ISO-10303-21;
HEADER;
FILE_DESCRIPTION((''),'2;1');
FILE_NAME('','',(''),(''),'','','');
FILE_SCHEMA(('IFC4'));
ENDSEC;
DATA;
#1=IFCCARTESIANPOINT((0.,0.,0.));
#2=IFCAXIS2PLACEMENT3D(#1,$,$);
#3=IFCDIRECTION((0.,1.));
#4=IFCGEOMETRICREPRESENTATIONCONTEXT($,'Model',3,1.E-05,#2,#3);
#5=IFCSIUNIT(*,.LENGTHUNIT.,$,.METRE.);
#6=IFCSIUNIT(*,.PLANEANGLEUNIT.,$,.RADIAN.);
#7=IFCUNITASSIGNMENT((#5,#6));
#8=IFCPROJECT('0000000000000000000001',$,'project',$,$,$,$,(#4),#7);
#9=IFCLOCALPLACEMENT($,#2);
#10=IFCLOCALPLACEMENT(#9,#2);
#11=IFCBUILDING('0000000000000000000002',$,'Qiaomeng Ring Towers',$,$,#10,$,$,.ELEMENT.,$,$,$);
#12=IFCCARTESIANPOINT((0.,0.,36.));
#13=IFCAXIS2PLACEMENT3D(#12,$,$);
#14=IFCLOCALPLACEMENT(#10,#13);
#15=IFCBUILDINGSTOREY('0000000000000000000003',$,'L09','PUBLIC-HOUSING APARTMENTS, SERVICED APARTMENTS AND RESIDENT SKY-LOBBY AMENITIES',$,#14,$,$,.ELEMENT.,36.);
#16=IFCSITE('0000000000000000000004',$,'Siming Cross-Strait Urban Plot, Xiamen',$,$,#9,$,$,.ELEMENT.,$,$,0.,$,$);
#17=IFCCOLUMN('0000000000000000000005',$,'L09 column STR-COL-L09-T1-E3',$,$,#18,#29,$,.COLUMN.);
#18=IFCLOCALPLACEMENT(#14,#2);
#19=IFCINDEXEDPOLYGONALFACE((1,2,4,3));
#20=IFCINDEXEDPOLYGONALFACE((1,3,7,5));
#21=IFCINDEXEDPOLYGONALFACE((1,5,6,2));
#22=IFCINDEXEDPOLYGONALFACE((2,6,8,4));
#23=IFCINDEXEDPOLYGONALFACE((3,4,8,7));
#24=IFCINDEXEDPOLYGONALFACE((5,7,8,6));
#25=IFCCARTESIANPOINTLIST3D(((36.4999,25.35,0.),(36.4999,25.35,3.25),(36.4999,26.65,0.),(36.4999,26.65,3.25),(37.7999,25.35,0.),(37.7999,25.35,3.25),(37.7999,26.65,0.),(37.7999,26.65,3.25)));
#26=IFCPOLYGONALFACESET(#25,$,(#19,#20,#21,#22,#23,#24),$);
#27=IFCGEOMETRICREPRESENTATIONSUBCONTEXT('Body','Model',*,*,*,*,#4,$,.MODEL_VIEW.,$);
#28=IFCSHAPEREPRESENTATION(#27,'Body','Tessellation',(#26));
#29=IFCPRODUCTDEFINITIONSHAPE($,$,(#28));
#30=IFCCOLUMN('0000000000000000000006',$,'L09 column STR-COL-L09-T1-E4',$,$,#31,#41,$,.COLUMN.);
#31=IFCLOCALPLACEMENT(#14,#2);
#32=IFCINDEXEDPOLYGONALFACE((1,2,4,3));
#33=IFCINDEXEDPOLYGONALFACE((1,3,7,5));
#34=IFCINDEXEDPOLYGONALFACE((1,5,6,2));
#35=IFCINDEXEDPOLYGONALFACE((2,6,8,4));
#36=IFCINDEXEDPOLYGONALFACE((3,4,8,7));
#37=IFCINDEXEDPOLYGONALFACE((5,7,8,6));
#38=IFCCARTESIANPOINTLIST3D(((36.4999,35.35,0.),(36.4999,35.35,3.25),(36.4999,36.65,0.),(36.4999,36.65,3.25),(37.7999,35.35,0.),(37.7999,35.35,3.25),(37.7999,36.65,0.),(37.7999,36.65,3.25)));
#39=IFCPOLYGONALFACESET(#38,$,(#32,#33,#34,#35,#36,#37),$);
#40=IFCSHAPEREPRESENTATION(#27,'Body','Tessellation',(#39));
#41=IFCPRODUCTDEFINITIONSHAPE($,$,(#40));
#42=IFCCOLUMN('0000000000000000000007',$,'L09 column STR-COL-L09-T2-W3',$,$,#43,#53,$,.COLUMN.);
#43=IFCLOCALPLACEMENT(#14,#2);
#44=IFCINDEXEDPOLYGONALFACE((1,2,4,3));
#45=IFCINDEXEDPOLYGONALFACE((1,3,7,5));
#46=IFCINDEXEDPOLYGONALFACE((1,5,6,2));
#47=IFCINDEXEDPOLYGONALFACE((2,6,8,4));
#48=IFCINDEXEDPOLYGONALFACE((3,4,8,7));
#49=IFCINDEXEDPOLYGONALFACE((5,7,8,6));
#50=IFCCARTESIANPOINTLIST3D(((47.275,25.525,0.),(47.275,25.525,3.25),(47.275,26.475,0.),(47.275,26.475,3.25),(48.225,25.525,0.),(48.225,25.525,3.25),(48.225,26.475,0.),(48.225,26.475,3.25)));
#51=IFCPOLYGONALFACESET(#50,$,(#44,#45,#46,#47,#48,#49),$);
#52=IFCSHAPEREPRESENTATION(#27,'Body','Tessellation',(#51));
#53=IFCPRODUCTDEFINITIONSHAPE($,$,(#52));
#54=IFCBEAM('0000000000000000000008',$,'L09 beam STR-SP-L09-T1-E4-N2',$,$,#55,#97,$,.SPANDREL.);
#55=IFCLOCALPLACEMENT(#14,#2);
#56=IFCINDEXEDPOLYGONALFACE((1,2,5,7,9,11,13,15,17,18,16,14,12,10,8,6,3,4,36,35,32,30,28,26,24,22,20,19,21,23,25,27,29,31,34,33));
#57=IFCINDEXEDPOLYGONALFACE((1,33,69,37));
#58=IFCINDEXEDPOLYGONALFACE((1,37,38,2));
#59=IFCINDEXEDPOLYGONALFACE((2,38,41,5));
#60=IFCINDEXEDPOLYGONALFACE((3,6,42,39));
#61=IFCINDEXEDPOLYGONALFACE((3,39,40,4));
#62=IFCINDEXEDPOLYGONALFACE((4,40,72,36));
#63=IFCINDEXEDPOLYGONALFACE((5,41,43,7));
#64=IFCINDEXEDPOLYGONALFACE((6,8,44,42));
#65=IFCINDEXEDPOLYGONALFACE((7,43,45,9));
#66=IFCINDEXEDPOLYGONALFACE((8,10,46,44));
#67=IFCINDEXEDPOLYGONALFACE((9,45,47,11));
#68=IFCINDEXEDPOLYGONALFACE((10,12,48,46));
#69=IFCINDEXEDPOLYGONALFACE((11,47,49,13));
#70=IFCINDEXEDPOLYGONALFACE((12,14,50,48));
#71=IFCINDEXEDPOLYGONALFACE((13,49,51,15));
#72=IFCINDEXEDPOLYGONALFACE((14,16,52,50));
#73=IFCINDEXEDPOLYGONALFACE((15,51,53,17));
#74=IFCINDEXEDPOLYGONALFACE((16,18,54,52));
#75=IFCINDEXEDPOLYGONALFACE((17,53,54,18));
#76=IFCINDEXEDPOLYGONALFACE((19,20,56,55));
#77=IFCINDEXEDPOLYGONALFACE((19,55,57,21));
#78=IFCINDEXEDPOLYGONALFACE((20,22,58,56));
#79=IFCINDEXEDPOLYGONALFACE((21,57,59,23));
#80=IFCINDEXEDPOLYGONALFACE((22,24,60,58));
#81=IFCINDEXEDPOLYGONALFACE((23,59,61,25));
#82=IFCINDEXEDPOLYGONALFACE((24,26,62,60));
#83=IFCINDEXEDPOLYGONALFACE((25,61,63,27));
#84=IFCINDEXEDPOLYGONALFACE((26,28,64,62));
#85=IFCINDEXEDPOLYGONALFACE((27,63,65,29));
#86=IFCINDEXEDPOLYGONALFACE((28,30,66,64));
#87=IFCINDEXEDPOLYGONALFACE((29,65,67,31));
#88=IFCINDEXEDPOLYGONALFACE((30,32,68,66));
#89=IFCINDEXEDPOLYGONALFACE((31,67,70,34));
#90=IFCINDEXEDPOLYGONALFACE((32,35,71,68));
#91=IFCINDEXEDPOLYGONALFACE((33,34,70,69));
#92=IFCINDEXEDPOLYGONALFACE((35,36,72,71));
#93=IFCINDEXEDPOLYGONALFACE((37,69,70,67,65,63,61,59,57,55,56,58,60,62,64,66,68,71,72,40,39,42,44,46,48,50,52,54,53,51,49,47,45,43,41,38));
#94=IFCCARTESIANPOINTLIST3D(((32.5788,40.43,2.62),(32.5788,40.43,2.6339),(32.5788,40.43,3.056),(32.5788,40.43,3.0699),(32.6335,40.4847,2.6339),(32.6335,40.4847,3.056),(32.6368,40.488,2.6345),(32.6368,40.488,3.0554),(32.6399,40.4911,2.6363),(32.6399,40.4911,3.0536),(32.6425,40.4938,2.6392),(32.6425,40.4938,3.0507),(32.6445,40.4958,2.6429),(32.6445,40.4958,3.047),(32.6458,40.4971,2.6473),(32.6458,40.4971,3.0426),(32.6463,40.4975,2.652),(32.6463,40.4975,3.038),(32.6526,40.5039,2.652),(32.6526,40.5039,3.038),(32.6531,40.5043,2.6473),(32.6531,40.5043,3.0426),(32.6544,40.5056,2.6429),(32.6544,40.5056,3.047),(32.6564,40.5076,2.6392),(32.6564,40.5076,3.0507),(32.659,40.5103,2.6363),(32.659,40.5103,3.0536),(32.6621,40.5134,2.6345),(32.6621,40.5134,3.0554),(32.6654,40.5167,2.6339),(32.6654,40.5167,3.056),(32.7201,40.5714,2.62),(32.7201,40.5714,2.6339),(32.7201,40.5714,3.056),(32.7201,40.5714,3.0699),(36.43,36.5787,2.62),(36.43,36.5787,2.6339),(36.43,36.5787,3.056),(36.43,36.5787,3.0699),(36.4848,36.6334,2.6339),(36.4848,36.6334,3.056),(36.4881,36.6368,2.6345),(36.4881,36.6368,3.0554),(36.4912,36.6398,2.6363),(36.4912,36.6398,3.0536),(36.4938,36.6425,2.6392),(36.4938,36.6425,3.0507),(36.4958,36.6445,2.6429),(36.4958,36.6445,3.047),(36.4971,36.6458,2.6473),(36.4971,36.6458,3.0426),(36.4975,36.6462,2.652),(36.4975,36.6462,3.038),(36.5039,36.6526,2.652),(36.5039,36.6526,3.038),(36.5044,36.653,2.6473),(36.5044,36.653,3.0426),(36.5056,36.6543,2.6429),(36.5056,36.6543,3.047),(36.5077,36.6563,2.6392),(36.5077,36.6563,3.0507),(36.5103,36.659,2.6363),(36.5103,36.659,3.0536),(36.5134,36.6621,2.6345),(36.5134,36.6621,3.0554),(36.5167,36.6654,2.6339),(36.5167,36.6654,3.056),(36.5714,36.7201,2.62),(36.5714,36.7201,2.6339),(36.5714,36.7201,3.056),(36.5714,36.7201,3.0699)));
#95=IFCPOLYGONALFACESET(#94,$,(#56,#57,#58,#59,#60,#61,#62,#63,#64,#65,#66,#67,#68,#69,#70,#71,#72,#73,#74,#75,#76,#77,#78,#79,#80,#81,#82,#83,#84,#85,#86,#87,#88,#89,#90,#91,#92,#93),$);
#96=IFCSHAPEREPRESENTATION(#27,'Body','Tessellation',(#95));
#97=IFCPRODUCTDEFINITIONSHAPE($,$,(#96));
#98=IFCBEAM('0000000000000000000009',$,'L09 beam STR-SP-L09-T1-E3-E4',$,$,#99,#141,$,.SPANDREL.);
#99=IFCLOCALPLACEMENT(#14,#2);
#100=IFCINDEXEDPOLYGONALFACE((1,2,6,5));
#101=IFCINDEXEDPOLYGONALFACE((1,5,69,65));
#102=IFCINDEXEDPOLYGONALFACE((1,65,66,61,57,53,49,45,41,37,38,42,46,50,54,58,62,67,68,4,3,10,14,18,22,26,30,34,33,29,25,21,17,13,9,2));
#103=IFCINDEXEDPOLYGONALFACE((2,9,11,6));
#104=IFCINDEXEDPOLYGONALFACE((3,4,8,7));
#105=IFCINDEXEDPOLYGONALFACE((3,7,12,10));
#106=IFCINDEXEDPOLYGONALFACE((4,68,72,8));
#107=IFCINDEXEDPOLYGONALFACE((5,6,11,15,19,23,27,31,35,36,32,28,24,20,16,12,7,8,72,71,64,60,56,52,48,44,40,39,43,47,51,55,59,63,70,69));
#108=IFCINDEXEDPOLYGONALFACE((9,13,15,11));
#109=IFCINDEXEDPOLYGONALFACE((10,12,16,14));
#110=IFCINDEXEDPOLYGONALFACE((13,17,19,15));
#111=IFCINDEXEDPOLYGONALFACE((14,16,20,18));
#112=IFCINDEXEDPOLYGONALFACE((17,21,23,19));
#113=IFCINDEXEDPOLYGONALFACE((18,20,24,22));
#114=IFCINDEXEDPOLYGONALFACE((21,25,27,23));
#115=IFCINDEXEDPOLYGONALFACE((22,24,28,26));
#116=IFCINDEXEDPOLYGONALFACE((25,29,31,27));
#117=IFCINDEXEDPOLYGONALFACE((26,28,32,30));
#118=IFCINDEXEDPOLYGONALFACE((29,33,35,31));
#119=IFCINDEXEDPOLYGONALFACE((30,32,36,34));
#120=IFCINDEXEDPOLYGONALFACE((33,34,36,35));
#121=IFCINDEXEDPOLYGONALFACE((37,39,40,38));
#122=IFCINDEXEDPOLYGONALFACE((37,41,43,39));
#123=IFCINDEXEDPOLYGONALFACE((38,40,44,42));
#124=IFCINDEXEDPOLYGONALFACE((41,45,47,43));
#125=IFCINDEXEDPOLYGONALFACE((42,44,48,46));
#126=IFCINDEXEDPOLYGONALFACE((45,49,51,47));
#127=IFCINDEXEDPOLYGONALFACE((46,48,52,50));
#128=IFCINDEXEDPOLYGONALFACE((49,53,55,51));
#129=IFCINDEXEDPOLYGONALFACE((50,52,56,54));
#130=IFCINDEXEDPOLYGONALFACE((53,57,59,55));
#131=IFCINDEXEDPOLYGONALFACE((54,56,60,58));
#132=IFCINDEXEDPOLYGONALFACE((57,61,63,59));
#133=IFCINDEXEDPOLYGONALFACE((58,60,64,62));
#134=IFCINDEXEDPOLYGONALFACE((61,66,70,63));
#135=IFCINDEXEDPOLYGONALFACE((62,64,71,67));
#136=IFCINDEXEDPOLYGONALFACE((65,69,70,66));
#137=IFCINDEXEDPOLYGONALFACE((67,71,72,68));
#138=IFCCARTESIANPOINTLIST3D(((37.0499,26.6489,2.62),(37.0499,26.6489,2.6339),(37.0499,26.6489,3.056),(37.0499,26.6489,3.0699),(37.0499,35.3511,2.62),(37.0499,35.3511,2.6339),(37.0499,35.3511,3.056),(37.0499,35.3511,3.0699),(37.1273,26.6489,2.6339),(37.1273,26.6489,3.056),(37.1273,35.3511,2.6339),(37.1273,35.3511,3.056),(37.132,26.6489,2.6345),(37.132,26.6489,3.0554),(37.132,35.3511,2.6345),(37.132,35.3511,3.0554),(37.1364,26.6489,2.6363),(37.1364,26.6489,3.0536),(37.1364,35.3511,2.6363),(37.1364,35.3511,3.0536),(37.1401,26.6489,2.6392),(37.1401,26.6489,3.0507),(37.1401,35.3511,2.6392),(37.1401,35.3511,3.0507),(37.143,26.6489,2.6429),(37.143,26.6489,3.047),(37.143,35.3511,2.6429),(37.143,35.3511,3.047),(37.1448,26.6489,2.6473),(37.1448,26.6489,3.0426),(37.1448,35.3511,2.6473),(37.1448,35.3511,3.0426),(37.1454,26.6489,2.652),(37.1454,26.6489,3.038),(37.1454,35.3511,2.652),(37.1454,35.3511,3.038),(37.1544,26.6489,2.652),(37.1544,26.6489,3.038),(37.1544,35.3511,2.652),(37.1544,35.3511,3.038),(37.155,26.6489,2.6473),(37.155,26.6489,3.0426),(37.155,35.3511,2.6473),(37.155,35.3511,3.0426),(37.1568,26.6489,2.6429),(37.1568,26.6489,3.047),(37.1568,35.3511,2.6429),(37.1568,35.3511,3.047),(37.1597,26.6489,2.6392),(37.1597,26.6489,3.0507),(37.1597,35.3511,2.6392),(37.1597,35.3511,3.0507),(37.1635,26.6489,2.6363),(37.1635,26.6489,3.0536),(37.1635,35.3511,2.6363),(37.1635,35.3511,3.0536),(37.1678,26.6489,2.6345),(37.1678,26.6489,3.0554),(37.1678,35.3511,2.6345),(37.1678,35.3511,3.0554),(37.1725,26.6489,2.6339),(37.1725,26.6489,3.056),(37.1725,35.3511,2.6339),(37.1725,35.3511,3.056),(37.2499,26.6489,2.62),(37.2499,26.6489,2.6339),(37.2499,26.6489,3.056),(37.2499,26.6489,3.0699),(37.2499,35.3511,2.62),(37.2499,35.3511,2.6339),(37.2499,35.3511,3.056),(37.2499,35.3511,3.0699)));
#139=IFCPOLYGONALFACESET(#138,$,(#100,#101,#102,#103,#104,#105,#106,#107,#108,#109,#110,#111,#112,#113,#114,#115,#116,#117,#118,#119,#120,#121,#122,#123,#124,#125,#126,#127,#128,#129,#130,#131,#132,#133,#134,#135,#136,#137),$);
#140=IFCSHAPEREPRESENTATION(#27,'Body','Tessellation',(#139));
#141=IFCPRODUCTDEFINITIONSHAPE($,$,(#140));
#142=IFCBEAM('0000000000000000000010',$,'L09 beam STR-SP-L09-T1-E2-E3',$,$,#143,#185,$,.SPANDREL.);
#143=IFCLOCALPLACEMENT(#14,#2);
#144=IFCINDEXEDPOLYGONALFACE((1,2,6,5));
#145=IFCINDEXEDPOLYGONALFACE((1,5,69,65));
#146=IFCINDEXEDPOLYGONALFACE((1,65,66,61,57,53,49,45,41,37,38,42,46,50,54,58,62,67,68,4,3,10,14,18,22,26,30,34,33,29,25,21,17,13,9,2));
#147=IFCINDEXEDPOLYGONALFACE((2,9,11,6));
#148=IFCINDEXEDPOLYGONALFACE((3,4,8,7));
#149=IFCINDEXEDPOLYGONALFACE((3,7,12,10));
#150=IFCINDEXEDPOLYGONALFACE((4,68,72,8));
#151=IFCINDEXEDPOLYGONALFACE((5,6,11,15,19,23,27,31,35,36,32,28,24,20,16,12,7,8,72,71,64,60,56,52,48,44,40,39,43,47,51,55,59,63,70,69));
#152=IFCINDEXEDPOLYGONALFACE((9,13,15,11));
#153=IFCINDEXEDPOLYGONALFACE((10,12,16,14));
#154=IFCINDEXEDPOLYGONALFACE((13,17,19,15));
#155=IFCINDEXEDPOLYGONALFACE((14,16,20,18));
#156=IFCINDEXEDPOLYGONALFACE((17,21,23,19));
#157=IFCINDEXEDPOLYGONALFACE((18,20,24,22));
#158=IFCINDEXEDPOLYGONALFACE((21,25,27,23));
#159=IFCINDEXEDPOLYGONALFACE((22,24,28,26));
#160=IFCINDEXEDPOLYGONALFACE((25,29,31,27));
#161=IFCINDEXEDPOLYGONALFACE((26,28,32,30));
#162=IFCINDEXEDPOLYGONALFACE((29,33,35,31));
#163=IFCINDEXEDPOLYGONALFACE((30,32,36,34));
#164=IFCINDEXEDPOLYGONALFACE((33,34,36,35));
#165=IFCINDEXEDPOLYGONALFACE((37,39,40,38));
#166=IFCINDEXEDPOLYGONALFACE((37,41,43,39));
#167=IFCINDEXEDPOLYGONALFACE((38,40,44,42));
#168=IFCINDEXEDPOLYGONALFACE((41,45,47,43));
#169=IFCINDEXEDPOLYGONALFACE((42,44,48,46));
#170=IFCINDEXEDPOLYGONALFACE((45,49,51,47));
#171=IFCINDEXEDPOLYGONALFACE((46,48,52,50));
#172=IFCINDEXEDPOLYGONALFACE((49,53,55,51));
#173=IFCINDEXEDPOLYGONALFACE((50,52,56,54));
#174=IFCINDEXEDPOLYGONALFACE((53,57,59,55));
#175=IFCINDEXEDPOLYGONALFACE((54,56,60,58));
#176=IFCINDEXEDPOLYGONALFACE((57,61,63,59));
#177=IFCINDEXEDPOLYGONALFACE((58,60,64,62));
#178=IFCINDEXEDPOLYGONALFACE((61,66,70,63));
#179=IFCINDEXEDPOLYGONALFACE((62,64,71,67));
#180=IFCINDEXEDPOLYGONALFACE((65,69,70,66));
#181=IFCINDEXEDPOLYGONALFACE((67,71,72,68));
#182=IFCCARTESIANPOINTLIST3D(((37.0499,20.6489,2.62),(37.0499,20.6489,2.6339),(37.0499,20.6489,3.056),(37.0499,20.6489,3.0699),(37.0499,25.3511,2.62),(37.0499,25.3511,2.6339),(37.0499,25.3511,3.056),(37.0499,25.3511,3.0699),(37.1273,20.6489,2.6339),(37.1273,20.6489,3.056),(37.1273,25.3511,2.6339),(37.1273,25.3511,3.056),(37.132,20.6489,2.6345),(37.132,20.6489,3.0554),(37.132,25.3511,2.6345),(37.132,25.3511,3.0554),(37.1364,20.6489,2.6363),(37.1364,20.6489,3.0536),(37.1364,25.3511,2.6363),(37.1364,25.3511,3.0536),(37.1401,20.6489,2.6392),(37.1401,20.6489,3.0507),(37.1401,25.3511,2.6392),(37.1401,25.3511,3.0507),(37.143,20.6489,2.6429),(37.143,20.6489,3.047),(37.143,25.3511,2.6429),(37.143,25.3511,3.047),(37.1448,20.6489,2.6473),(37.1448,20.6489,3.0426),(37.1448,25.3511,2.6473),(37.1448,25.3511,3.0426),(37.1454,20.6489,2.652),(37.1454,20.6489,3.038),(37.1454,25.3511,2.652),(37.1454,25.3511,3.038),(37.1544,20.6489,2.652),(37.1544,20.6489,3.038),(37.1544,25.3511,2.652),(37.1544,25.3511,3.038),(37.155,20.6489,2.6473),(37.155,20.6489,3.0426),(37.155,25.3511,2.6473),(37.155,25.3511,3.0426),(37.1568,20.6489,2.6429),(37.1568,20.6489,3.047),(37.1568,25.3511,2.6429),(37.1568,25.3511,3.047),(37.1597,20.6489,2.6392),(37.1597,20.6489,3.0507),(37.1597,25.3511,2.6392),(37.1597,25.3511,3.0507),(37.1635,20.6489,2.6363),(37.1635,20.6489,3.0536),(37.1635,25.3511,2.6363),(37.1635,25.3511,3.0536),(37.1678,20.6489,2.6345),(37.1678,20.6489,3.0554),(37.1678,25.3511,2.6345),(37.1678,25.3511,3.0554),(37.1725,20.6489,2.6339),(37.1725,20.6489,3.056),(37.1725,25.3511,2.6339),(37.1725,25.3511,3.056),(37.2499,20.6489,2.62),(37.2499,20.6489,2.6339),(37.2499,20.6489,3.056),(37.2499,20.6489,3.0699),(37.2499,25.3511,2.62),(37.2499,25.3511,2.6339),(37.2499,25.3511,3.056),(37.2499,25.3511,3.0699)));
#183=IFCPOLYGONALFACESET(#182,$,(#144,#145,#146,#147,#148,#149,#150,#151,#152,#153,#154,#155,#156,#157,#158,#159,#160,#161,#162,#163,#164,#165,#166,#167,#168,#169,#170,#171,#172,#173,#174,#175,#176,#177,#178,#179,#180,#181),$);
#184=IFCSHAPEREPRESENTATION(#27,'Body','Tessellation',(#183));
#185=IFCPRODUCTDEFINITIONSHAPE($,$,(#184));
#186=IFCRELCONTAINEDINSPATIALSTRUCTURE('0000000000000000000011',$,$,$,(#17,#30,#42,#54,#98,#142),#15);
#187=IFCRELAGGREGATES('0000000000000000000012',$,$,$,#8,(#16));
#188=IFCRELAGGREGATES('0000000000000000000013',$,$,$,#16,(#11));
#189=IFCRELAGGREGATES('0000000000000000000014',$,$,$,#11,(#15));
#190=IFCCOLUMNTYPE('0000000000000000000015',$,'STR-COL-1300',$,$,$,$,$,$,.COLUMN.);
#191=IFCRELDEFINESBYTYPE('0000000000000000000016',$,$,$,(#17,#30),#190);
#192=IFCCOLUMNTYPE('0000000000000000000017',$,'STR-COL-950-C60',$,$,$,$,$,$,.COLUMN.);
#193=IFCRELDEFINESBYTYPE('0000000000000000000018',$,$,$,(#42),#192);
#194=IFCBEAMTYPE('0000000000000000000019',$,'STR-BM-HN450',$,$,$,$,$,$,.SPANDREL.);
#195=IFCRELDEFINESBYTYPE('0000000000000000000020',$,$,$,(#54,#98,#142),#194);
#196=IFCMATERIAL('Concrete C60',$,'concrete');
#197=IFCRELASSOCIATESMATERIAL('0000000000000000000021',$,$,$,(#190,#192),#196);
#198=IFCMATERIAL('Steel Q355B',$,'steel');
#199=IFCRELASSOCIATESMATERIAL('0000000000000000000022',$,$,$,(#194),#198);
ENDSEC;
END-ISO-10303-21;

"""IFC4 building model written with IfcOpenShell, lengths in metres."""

from ifc_helpers import new_model, si_unit, direction, frame, origin, origin_2d, place, context, subcontext, project, spatial, rectangle, i_section, extrude, source, transform, mapped, material, material_profile, profile_set, type_object, element, save


model = new_model("IFC4")

# Units and contexts
model_context = context("Model", 3, precision=1e-05, world=origin(), true_north=direction((0.0, 1.0)))
body_context = subcontext(model_context, "Body", "Model", "MODEL_VIEW")
ifc_project = project(units=[si_unit("LENGTHUNIT", "METRE"), si_unit("PLANEANGLEUNIT", "RADIAN")], contexts=[model_context])

# Site, building, storey
site_placement = place(None, origin())
site = spatial("IfcSite", under=ifc_project, at=site_placement, Name="Siming Cross-Strait Urban Plot, Xiamen", CompositionType="ELEMENT", RefElevation=0.0)
building_placement = place(site_placement, origin())
building = spatial("IfcBuilding", under=site, at=building_placement, Name="Qiaomeng Ring Towers", CompositionType="ELEMENT")
storey_placement = place(building_placement, frame((0.0, 0.0, 36.0)))
storey = spatial("IfcBuildingStorey", under=building, at=storey_placement, Name="L09", Description="PUBLIC-HOUSING APARTMENTS, SERVICED APARTMENTS AND RESIDENT SKY-LOBBY AMENITIES", CompositionType="ELEMENT", Elevation=36.0)

# Columns
ifc_material_1 = material(Name="Concrete C60", Category="concrete")
ifc_material_profile_1 = material_profile(ifc_material_1, rectangle(XDim=1.3, YDim=1.3, at=origin_2d()), Name="RC COL 1300x1300")
ifc_profile_set_1 = profile_set([ifc_material_profile_1], Name="Concrete C60")
column_type_1 = type_object("IfcColumnType", Name="STR-COL-1300", PredefinedType="COLUMN", material=ifc_profile_set_1)
shared_shape_1 = source(origin(), body_context, "Body", "SweptSolid", [
    extrude(rectangle(XDim=1.3, YDim=1.3, at=origin_2d()), origin(), (0.0, 0.0, 1.0), 3.25),
])
for number, where, z_axis, x_axis, name in (
    (1, (37.1499, 26.0, 0.0), (0.0, 0.0, 1.0), (1.0, 0.0, 0.0), "L09 column STR-COL-L09-T1-E3"),
    (2, (37.1499, 36.0, 0.0), (0.0, 0.0, 1.0), (1.0, 0.0, 0.0), "L09 column STR-COL-L09-T1-E4"),
):
    element("IfcColumn", number, at=place(storey_placement, frame(where, z_axis=z_axis, x_axis=x_axis)), inside=storey, type_object=column_type_1, Name=name, PredefinedType="COLUMN", context=body_context, shape_type="MappedRepresentation", body=[
        mapped(shared_shape_1, transform((0.0, 0.0, 0.0), x_axis=(1.0, 0.0, 0.0), y_axis=(0.0, 1.0, 0.0), z_axis=(0.0, 0.0, 1.0), scale=1.0)),
    ])
ifc_material_profile_2 = material_profile(ifc_material_1, rectangle(XDim=0.95, YDim=0.95, at=origin_2d()), Name="RC COL 950x950")
ifc_profile_set_2 = profile_set([ifc_material_profile_2], Name="Concrete C60")
column_type_2 = type_object("IfcColumnType", Name="STR-COL-950-C60", PredefinedType="COLUMN", material=ifc_profile_set_2)
shared_shape_2 = source(origin(), body_context, "Body", "SweptSolid", [
    extrude(rectangle(XDim=0.95, YDim=0.95, at=origin_2d()), origin(), (0.0, 0.0, 1.0), 3.25),
])
column_placement = place(storey_placement, frame((47.75, 26.0, 0.0), z_axis=(0.0, 0.0, 1.0), x_axis=(1.0, 0.0, 0.0)))
element("IfcColumn", 3, at=column_placement, inside=storey, type_object=column_type_2, Name="L09 column STR-COL-L09-T2-W3", PredefinedType="COLUMN", context=body_context, shape_type="MappedRepresentation", body=[
    mapped(shared_shape_2, transform((0.0, 0.0, 0.0), x_axis=(1.0, 0.0, 0.0), y_axis=(0.0, 1.0, 0.0), z_axis=(0.0, 0.0, 1.0), scale=1.0)),
])

# Beams
ifc_material_2 = material(Name="Steel Q355B", Category="steel")
ifc_material_profile_3 = material_profile(ifc_material_2, i_section(OverallWidth=0.2, OverallDepth=0.45, WebThickness=0.009, FlangeThickness=0.0139, FilletRadius=0.0181, at=origin_2d()), Name="HN 450x200x9x14")
ifc_profile_set_3 = profile_set([ifc_material_profile_3], Name="Steel Q355B")
beam_type_1 = type_object("IfcBeamType", Name="STR-BM-HN450", PredefinedType="SPANDREL", material=ifc_profile_set_3)
shared_shape_3 = source(origin(), body_context, "Body", "SweptSolid", [
    extrude(i_section(OverallWidth=0.2, OverallDepth=0.45, WebThickness=0.009, FlangeThickness=0.0139, FilletRadius=0.0181, at=origin_2d()), origin(), (0.0, 0.0, 1.0), 5.4465),
])
beam_1_placement = place(storey_placement, frame((36.5007, 36.6494, 2.845), z_axis=(-0.707107, 0.707107, 0.0), x_axis=(-0.707107, -0.707107, 0.0)))
element("IfcBeam", 4, at=beam_1_placement, inside=storey, type_object=beam_type_1, Name="L09 beam STR-SP-L09-T1-E4-N2", PredefinedType="SPANDREL", context=body_context, shape_type="MappedRepresentation", body=[
    mapped(shared_shape_3, transform((0.0, 0.0, 0.0), x_axis=(1.0, 0.0, 0.0), y_axis=(0.0, 1.0, 0.0), z_axis=(0.0, 0.0, 1.0), scale=1.0)),
])
shared_shape_4 = source(origin(), body_context, "Body", "SweptSolid", [
    extrude(i_section(OverallWidth=0.2, OverallDepth=0.45, WebThickness=0.009, FlangeThickness=0.0139, FilletRadius=0.0181, at=origin_2d()), origin(), (0.0, 0.0, 1.0), 8.7021),
])
beam_2_placement = place(storey_placement, frame((37.1499, 26.6489, 2.845), z_axis=(0.0, 1.0, 0.0), x_axis=(-1.0, 0.0, 0.0)))
element("IfcBeam", 5, at=beam_2_placement, inside=storey, type_object=beam_type_1, Name="L09 beam STR-SP-L09-T1-E3-E4", PredefinedType="SPANDREL", context=body_context, shape_type="MappedRepresentation", body=[
    mapped(shared_shape_4, transform((0.0, 0.0, 0.0), x_axis=(1.0, 0.0, 0.0), y_axis=(0.0, 1.0, 0.0), z_axis=(0.0, 0.0, 1.0), scale=1.0)),
])
shared_shape_5 = source(origin(), body_context, "Body", "SweptSolid", [
    extrude(i_section(OverallWidth=0.2, OverallDepth=0.45, WebThickness=0.009, FlangeThickness=0.0139, FilletRadius=0.0181, at=origin_2d()), origin(), (0.0, 0.0, 1.0), 4.7021),
])
beam_3_placement = place(storey_placement, frame((37.1499, 20.6489, 2.845), z_axis=(0.0, 1.0, 0.0), x_axis=(-1.0, 0.0, 0.0)))
element("IfcBeam", 6, at=beam_3_placement, inside=storey, type_object=beam_type_1, Name="L09 beam STR-SP-L09-T1-E2-E3", PredefinedType="SPANDREL", context=body_context, shape_type="MappedRepresentation", body=[
    mapped(shared_shape_5, transform((0.0, 0.0, 0.0), x_axis=(1.0, 0.0, 0.0), y_axis=(0.0, 1.0, 0.0), z_axis=(0.0, 0.0, 1.0), scale=1.0)),
])

save(model, "model.ifc")
